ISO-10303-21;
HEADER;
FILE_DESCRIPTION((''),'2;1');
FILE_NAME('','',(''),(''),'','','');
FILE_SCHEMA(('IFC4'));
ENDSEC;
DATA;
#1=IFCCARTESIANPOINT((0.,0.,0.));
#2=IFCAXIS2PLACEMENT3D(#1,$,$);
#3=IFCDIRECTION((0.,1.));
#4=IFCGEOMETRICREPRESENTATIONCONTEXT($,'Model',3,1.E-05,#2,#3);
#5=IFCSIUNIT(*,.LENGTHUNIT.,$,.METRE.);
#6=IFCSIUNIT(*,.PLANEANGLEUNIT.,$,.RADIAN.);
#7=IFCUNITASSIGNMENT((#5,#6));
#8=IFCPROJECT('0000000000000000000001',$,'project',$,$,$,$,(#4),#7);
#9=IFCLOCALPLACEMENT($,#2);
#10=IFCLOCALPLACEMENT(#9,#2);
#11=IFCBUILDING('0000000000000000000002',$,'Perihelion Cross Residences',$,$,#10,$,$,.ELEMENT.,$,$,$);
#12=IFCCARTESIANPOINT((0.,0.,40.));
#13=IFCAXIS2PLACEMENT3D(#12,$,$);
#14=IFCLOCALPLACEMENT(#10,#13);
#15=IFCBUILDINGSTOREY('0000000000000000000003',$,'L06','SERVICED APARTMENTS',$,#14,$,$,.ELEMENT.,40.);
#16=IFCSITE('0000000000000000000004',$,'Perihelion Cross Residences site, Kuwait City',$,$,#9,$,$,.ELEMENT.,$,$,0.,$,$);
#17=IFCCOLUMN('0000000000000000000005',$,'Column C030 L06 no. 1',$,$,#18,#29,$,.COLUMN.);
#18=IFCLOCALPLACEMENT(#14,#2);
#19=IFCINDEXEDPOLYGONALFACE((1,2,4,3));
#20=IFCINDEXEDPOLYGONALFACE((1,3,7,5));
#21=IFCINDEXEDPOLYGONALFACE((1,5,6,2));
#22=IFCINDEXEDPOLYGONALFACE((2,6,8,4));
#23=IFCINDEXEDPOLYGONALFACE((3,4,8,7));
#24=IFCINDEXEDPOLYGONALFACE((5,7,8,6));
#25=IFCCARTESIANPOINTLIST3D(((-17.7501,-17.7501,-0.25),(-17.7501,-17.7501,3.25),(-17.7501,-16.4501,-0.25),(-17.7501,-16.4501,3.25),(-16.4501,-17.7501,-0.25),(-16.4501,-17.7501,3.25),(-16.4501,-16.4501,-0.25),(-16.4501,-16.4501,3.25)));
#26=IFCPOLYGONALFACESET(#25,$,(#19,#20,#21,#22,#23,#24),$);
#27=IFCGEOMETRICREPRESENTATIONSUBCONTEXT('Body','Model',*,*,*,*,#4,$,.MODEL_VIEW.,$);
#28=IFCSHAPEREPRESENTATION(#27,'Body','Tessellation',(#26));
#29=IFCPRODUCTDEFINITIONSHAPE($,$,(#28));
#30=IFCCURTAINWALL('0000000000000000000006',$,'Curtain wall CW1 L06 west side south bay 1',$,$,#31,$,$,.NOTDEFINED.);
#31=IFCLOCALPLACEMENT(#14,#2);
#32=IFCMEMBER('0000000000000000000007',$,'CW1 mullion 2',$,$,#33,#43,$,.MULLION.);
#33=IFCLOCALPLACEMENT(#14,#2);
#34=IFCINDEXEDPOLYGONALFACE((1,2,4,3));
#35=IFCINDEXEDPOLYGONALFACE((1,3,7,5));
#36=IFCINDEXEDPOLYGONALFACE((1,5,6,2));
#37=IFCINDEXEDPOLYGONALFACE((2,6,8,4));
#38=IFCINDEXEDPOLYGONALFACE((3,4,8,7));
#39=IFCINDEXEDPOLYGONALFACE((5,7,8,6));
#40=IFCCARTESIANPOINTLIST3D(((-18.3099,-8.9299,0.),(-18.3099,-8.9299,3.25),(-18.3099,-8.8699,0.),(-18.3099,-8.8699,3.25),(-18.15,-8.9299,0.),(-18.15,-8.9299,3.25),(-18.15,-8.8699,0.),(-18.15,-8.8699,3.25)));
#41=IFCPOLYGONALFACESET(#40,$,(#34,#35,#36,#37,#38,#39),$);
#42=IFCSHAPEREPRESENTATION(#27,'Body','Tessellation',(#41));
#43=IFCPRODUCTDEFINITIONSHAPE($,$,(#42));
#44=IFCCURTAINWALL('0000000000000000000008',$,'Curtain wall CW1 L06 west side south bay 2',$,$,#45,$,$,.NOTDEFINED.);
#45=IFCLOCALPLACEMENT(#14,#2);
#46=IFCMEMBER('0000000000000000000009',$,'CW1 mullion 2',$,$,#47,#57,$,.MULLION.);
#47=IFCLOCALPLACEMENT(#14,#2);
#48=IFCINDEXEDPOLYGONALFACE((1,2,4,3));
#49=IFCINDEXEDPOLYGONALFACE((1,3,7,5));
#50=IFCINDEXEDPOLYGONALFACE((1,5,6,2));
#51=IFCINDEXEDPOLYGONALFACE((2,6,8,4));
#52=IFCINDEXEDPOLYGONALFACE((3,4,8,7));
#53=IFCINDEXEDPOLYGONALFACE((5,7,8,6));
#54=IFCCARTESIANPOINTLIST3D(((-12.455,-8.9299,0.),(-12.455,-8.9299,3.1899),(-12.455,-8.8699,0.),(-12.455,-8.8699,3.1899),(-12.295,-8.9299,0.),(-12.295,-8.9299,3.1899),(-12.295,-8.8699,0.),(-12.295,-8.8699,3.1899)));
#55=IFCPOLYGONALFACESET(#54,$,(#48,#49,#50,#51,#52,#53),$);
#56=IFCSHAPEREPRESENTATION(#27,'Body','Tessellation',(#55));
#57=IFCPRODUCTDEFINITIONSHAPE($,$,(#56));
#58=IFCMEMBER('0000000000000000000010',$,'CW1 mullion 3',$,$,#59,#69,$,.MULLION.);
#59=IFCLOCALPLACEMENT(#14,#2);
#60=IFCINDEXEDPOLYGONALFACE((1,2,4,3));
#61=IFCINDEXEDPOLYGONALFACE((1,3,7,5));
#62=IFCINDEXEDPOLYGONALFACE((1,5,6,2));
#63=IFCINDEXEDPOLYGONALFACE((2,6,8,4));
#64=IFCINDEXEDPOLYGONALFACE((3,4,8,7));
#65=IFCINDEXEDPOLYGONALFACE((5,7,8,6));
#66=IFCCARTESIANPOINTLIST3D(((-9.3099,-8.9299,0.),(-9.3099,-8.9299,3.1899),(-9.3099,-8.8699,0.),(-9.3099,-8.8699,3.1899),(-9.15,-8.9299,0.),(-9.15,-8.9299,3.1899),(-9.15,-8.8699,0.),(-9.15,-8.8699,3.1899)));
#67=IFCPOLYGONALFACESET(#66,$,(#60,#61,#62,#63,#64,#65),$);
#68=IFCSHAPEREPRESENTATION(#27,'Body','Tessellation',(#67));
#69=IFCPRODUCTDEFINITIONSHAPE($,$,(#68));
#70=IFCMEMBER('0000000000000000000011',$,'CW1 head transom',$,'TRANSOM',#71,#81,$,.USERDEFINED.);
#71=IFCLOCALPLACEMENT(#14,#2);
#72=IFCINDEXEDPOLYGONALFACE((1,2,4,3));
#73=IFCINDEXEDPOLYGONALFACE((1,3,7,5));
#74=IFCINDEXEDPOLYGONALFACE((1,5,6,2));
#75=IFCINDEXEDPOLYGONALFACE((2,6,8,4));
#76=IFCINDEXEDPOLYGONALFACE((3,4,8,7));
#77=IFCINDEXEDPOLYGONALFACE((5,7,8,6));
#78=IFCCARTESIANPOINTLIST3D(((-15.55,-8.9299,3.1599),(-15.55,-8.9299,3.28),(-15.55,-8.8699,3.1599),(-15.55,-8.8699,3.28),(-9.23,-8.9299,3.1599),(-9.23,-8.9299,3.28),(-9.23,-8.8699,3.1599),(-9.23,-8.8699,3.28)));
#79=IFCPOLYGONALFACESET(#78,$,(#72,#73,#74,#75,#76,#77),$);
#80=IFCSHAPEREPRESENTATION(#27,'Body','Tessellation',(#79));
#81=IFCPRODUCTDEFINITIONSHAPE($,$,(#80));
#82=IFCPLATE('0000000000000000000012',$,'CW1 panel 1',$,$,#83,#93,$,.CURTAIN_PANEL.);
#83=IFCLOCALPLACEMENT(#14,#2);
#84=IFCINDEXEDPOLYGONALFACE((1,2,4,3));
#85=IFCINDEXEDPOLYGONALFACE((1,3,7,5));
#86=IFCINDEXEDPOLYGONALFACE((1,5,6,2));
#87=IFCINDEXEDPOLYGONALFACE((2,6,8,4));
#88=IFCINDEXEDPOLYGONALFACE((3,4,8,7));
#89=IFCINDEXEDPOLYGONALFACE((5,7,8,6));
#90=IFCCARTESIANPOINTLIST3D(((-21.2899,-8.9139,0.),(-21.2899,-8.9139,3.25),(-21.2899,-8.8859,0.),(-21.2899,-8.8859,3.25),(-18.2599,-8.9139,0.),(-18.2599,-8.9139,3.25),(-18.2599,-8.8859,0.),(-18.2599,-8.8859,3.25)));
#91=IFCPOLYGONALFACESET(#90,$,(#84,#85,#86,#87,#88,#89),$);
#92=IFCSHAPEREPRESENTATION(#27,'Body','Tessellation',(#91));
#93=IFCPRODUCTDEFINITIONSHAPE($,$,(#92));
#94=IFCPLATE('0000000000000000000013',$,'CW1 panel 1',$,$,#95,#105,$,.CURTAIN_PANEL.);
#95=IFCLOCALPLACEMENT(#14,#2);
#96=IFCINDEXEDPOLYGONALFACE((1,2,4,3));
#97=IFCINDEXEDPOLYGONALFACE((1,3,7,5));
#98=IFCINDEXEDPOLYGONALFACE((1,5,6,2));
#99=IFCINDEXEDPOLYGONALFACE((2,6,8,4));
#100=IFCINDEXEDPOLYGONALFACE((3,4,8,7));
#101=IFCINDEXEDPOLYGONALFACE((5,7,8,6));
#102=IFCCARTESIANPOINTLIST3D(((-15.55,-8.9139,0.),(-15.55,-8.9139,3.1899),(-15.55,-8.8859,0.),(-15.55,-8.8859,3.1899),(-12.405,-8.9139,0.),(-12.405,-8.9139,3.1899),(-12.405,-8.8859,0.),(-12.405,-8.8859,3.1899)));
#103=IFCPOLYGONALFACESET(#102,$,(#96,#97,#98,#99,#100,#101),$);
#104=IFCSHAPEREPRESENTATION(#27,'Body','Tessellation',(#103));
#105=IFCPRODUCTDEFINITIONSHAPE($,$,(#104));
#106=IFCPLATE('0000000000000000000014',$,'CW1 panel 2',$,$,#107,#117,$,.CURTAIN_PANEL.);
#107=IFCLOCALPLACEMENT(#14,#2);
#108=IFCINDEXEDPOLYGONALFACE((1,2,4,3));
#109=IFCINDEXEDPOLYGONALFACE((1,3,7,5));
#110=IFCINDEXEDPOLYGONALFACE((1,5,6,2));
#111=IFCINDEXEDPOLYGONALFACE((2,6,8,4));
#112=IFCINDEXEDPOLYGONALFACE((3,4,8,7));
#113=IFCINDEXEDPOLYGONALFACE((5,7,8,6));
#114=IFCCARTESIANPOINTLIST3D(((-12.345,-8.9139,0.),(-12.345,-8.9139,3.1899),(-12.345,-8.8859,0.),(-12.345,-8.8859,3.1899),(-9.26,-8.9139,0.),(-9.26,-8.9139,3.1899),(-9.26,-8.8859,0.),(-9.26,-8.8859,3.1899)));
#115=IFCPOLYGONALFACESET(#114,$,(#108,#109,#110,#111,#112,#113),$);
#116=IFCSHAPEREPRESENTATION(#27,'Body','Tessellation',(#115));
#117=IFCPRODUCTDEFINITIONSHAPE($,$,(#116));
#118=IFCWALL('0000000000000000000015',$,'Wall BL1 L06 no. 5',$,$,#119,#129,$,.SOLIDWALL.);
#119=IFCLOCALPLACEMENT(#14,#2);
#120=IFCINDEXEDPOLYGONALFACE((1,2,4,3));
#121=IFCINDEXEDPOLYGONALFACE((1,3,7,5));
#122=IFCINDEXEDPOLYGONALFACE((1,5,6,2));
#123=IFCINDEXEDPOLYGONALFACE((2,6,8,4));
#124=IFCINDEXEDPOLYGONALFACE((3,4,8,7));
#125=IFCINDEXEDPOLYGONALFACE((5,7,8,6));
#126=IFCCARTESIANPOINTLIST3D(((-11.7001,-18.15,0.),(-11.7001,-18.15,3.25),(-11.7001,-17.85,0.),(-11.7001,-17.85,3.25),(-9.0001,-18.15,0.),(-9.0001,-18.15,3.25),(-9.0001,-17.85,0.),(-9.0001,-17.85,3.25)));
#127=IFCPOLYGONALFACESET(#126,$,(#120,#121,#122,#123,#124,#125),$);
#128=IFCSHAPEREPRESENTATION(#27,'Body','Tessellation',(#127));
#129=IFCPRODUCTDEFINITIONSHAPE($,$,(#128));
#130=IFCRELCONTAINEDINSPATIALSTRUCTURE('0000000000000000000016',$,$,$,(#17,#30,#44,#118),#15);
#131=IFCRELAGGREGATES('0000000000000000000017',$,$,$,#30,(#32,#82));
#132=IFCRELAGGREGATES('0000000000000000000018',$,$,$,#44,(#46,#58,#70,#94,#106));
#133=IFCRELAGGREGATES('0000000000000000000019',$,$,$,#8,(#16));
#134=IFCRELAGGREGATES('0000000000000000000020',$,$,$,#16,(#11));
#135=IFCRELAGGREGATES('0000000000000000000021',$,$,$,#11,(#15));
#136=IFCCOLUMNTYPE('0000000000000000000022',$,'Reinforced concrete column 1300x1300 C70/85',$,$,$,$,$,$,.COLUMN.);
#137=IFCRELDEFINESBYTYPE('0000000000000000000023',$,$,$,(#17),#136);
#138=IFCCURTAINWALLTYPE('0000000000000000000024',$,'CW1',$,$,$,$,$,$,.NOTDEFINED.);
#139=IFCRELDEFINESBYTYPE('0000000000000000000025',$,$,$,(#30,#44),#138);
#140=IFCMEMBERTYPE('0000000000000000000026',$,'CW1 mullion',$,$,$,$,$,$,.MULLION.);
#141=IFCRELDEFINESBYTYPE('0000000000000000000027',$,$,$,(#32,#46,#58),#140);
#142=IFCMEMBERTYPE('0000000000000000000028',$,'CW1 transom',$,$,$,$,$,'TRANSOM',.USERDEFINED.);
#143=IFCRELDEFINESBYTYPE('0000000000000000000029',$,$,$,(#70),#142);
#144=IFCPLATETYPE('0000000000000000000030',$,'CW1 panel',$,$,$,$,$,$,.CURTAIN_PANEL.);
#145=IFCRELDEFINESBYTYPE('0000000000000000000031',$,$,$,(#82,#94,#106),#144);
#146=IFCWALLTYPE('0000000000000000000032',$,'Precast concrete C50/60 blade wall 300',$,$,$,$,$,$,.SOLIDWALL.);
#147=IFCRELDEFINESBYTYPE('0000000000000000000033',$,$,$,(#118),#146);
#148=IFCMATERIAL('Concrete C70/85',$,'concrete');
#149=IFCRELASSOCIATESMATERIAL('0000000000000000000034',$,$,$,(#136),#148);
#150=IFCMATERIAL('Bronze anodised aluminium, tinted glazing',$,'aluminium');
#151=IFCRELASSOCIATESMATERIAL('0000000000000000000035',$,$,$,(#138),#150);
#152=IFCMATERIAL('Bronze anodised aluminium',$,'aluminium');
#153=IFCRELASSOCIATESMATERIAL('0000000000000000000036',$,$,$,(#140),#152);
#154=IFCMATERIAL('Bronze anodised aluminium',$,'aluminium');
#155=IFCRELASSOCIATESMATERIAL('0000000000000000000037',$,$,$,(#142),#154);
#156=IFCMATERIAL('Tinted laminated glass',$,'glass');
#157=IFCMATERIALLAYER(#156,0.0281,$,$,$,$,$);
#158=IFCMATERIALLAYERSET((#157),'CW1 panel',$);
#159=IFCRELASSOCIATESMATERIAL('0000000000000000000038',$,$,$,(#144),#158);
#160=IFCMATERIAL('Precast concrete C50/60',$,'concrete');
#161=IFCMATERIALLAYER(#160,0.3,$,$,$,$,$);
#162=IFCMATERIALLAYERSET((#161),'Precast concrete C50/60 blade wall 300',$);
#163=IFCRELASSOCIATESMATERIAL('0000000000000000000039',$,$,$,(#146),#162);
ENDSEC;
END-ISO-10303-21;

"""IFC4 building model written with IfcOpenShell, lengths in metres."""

from ifc_helpers import new_model, si_unit, direction, frame, frame_2d, origin, origin_2d, place, context, subcontext, project, spatial, rectangle, extrude, material, layer, layer_set, material_profile, profile_set, type_object, element, aggregate, save


model = new_model("IFC4")

# Units and contexts
model_context = context("Model", 3, precision=1e-05, world=origin(), true_north=direction((0.0, 1.0)))
body_context = subcontext(model_context, "Body", "Model", "MODEL_VIEW")
ifc_project = project(units=[si_unit("LENGTHUNIT", "METRE"), si_unit("PLANEANGLEUNIT", "RADIAN")], contexts=[model_context])

# Site, building, storey
site_placement = place(None, origin())
site = spatial("IfcSite", under=ifc_project, at=site_placement, Name="Perihelion Cross Residences site, Kuwait City", CompositionType="ELEMENT", RefElevation=0.0)
building_placement = place(site_placement, origin())
building = spatial("IfcBuilding", under=site, at=building_placement, Name="Perihelion Cross Residences", CompositionType="ELEMENT")
storey_placement = place(building_placement, frame((0.0, 0.0, 40.0)))
storey = spatial("IfcBuildingStorey", under=building, at=storey_placement, Name="L06", Description="SERVICED APARTMENTS", CompositionType="ELEMENT", Elevation=40.0)

# Column
ifc_material_1 = material(Name="Concrete C70/85", Category="concrete")
ifc_material_profile_1 = material_profile(ifc_material_1, rectangle(XDim=1.3, YDim=1.3, at=origin_2d()), Name="RC 1300x1300")
ifc_profile_set_1 = profile_set([ifc_material_profile_1], Name="Concrete C70/85")
column_type = type_object("IfcColumnType", Name="Reinforced concrete column 1300x1300 C70/85", PredefinedType="COLUMN", material=ifc_profile_set_1)
column_placement = place(storey_placement, frame((-17.1001, -17.1001, -0.25), z_axis=(0.0, 0.0, 1.0), x_axis=(1.0, 0.0, 0.0)))
element("IfcColumn", 1, at=column_placement, inside=storey, type_object=column_type, Name="Column C030 L06 no. 1", PredefinedType="COLUMN", context=body_context, shape_type="SweptSolid", body=[
    extrude(rectangle(XDim=1.3, YDim=1.3, at=origin_2d()), origin(), (0.0, 0.0, 1.0), 3.5),
])

# Curtain wall, member
ifc_material_2 = material(Name="Bronze anodised aluminium, tinted glazing", Category="aluminium")
curtain_wall_type = type_object("IfcCurtainWallType", Name="CW1", PredefinedType="NOTDEFINED", material=ifc_material_2)
curtain_wall_1_placement = place(storey_placement, origin())
curtain_wall_1 = element("IfcCurtainWall", 2, at=curtain_wall_1_placement, inside=storey, type_object=curtain_wall_type, Name="Curtain wall CW1 L06 west side south bay 1", PredefinedType="NOTDEFINED")
ifc_material_3 = material(Name="Bronze anodised aluminium", Category="aluminium")
ifc_material_profile_2 = material_profile(ifc_material_3, rectangle(XDim=0.0601, YDim=0.1599, at=origin_2d()), Name="CW1 mullion")
ifc_profile_set_2 = profile_set([ifc_material_profile_2], Name="Bronze anodised aluminium")
member_type_1 = type_object("IfcMemberType", Name="CW1 mullion", PredefinedType="MULLION", material=ifc_profile_set_2)
member_1_placement = place(storey_placement, frame((-18.23, -8.8999, 0.0), z_axis=(0.0, 0.0, 1.0), x_axis=(0.0, 1.0, 0.0)))
member_1 = element("IfcMember", 3, at=member_1_placement, type_object=member_type_1, Name="CW1 mullion 2", PredefinedType="MULLION", context=body_context, shape_type="SweptSolid", body=[
    extrude(rectangle(XDim=0.0601, YDim=0.1599, at=origin_2d()), origin(), (0.0, 0.0, 1.0), 3.25),
])

# Curtain wall, members
curtain_wall_2_placement = place(storey_placement, origin())
curtain_wall_2 = element("IfcCurtainWall", 4, at=curtain_wall_2_placement, inside=storey, type_object=curtain_wall_type, Name="Curtain wall CW1 L06 west side south bay 2", PredefinedType="NOTDEFINED")
member_2_placement = place(storey_placement, frame((-12.375, -8.8999, 0.0), z_axis=(0.0, 0.0, 1.0), x_axis=(0.0, 1.0, 0.0)))
member_2 = element("IfcMember", 5, at=member_2_placement, type_object=member_type_1, Name="CW1 mullion 2", PredefinedType="MULLION", context=body_context, shape_type="SweptSolid", body=[
    extrude(rectangle(XDim=0.0601, YDim=0.1599, at=origin_2d()), origin(), (0.0, 0.0, 1.0), 3.1899),
])
member_3_placement = place(storey_placement, frame((-9.23, -8.8999, 0.0), z_axis=(0.0, 0.0, 1.0), x_axis=(0.0, 1.0, 0.0)))
member_3 = element("IfcMember", 6, at=member_3_placement, type_object=member_type_1, Name="CW1 mullion 3", PredefinedType="MULLION", context=body_context, shape_type="SweptSolid", body=[
    extrude(rectangle(XDim=0.0601, YDim=0.1599, at=origin_2d()), origin(), (0.0, 0.0, 1.0), 3.1899),
])
ifc_material_4 = material(Name="Bronze anodised aluminium", Category="aluminium")
ifc_material_profile_3 = material_profile(ifc_material_4, rectangle(XDim=0.0601, YDim=0.1201, at=origin_2d()), Name="CW1 transom")
ifc_profile_set_3 = profile_set([ifc_material_profile_3], Name="Bronze anodised aluminium")
member_type_2 = type_object("IfcMemberType", Name="CW1 transom", ElementType="TRANSOM", PredefinedType="USERDEFINED", material=ifc_profile_set_3)
member_4_placement = place(storey_placement, frame((-15.55, -8.8999, 3.22), z_axis=(1.0, 0.0, 0.0), x_axis=(0.0, 1.0, 0.0)))
member_4 = element("IfcMember", 7, at=member_4_placement, type_object=member_type_2, Name="CW1 head transom", ObjectType="TRANSOM", PredefinedType="USERDEFINED", context=body_context, shape_type="SweptSolid", body=[
    extrude(rectangle(XDim=0.0601, YDim=0.1201, at=origin_2d()), origin(), (0.0, 0.0, 1.0), 6.3201),
])

# Plates
ifc_material_5 = material(Name="Tinted laminated glass", Category="glass")
ifc_layer_1 = layer(ifc_material_5, 0.0281)
ifc_layer_set_1 = layer_set([ifc_layer_1], Name="CW1 panel")
plate_type = type_object("IfcPlateType", Name="CW1 panel", PredefinedType="CURTAIN_PANEL", material=ifc_layer_set_1)
plate_1_placement = place(storey_placement, frame((-19.7749, -8.8999, 0.0), z_axis=(0.0, 0.0, 1.0), x_axis=(1.0, 0.0, 0.0)))
plate_1 = element("IfcPlate", 8, at=plate_1_placement, type_object=plate_type, Name="CW1 panel 1", PredefinedType="CURTAIN_PANEL", context=body_context, shape_type="SweptSolid", body=[
    extrude(rectangle(XDim=3.03, YDim=0.0281, at=origin_2d()), origin(), (0.0, 0.0, 1.0), 3.25),
])
aggregate(curtain_wall_1, [member_1, plate_1])
plate_2_placement = place(storey_placement, frame((-13.9775, -8.8999, 0.0), z_axis=(0.0, 0.0, 1.0), x_axis=(1.0, 0.0, 0.0)))
plate_2 = element("IfcPlate", 9, at=plate_2_placement, type_object=plate_type, Name="CW1 panel 1", PredefinedType="CURTAIN_PANEL", context=body_context, shape_type="SweptSolid", body=[
    extrude(rectangle(XDim=3.145, YDim=0.0281, at=origin_2d()), origin(), (0.0, 0.0, 1.0), 3.1899),
])
plate_3_placement = place(storey_placement, frame((-10.8025, -8.8999, 0.0), z_axis=(0.0, 0.0, 1.0), x_axis=(1.0, 0.0, 0.0)))
plate_3 = element("IfcPlate", 10, at=plate_3_placement, type_object=plate_type, Name="CW1 panel 2", PredefinedType="CURTAIN_PANEL", context=body_context, shape_type="SweptSolid", body=[
    extrude(rectangle(XDim=3.085, YDim=0.0281, at=origin_2d()), origin(), (0.0, 0.0, 1.0), 3.1899),
])
aggregate(curtain_wall_2, [member_2, member_3, member_4, plate_2, plate_3])

# Wall
ifc_material_6 = material(Name="Precast concrete C50/60", Category="concrete")
ifc_layer_2 = layer(ifc_material_6, 0.3)
ifc_layer_set_2 = layer_set([ifc_layer_2], Name="Precast concrete C50/60 blade wall 300")
wall_type = type_object("IfcWallType", Name="Precast concrete C50/60 blade wall 300", PredefinedType="SOLIDWALL", material=ifc_layer_set_2)
wall_placement = place(storey_placement, frame((-9.0, -18.0, 0.0), z_axis=(0.0, 0.0, 1.0), x_axis=(-1.0, 0.0, 0.0)))
element("IfcWall", 11, at=wall_placement, inside=storey, type_object=wall_type, Name="Wall BL1 L06 no. 5", PredefinedType="SOLIDWALL", context=body_context, shape_type="SweptSolid", body=[
    extrude(rectangle(XDim=2.7, YDim=0.3, at=frame_2d((1.3501, 0.0))), origin(), (0.0, 0.0, 1.0), 3.25),
])

save(model, "model.ifc")
